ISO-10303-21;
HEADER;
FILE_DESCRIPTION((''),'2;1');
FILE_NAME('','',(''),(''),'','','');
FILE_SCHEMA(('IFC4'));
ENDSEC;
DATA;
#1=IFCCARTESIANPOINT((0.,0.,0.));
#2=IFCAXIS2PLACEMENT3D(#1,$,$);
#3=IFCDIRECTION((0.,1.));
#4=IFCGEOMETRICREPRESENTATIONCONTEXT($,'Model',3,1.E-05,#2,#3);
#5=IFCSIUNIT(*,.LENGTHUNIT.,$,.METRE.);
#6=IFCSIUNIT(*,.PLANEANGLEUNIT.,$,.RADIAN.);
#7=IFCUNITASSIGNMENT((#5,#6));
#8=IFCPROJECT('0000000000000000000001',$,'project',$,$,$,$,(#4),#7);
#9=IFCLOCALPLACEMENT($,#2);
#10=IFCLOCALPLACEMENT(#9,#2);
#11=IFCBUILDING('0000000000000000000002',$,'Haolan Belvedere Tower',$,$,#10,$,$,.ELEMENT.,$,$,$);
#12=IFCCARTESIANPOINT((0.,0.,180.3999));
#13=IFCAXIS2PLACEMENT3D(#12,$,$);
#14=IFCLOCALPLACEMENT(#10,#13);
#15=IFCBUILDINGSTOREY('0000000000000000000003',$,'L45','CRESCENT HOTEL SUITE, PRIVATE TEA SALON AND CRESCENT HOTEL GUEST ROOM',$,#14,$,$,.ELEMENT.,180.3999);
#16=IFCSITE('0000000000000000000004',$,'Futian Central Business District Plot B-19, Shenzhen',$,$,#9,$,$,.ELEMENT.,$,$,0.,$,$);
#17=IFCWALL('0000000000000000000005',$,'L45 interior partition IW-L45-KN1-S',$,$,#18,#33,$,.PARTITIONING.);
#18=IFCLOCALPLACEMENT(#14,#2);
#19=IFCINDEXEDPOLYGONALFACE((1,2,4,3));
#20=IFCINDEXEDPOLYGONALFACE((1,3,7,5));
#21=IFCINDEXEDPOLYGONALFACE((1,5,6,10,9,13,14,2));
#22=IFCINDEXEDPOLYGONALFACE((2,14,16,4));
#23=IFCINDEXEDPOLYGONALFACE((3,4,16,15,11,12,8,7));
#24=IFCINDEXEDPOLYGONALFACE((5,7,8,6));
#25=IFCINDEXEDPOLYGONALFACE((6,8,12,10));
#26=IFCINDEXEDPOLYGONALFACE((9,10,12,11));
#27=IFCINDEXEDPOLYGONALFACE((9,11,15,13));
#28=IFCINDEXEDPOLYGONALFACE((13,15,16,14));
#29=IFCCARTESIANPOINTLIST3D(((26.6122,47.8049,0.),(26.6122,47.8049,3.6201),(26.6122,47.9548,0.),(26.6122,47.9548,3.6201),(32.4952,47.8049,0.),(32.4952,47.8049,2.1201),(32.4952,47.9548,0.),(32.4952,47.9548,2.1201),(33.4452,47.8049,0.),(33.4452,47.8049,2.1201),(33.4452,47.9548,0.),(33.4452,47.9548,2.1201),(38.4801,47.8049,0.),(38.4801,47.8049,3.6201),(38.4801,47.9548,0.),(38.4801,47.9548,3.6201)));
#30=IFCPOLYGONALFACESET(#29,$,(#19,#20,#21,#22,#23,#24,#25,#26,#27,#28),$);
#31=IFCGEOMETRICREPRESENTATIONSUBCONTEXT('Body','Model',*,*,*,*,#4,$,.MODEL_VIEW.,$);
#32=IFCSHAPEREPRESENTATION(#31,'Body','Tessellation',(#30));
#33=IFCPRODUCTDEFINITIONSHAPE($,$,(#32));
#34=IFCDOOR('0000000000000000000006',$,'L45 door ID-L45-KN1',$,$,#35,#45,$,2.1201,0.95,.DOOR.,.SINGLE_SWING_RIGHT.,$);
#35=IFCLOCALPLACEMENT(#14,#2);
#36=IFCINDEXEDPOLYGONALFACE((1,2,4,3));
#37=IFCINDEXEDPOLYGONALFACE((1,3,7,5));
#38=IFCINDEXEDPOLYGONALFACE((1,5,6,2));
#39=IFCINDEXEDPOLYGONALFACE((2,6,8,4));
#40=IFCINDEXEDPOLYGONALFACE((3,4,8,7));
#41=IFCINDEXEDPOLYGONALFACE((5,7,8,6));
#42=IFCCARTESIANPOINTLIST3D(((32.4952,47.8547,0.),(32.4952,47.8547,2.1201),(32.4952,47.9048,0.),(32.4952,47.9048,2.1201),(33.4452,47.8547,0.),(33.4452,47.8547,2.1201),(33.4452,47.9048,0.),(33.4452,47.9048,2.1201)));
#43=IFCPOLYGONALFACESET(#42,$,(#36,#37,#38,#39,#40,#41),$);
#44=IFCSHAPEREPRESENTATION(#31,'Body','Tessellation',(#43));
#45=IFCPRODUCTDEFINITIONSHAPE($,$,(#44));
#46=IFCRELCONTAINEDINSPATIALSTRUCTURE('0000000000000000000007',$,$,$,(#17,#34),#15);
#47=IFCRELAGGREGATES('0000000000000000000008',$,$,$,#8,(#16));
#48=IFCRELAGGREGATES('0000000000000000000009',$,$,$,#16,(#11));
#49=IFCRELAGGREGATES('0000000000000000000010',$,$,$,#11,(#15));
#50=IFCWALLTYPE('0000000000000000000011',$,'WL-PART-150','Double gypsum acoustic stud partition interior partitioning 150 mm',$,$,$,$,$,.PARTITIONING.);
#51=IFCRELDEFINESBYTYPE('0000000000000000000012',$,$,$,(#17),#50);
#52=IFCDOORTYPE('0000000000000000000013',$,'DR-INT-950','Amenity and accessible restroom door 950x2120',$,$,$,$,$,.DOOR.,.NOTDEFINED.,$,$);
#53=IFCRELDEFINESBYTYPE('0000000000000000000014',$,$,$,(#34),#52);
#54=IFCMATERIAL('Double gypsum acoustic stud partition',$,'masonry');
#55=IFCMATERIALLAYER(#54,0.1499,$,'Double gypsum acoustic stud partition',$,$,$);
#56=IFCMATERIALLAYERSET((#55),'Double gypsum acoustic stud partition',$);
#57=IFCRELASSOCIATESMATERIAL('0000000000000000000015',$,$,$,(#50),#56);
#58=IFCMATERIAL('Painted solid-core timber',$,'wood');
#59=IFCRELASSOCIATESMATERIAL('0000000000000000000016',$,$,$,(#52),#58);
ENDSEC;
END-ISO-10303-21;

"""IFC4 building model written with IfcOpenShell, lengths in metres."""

from ifc_helpers import new_model, si_unit, direction, frame, frame_2d, origin, place, context, subcontext, project, spatial, rectangle, extrude, material, layer, layer_set, type_object, element, fill, save


model = new_model("IFC4")

# Units and contexts
model_context = context("Model", 3, precision=1e-05, world=origin(), true_north=direction((0.0, 1.0)))
body_context = subcontext(model_context, "Body", "Model", "MODEL_VIEW")
ifc_project = project(units=[si_unit("LENGTHUNIT", "METRE"), si_unit("PLANEANGLEUNIT", "RADIAN")], contexts=[model_context])

# Site, building, storey
site_placement = place(None, origin())
site = spatial("IfcSite", under=ifc_project, at=site_placement, Name="Futian Central Business District Plot B-19, Shenzhen", CompositionType="ELEMENT", RefElevation=0.0)
building_placement = place(site_placement, origin())
building = spatial("IfcBuilding", under=site, at=building_placement, Name="Haolan Belvedere Tower", CompositionType="ELEMENT")
storey_placement = place(building_placement, frame((0.0, 0.0, 180.3999)))
storey = spatial("IfcBuildingStorey", under=building, at=storey_placement, Name="L45", Description="CRESCENT HOTEL SUITE, PRIVATE TEA SALON AND CRESCENT HOTEL GUEST ROOM", CompositionType="ELEMENT", Elevation=180.3999)

# Shared definitions
ifc_material_1 = material(Name="Double gypsum acoustic stud partition", Category="masonry")
ifc_layer_1 = layer(ifc_material_1, 0.1499, Name="Double gypsum acoustic stud partition")
ifc_layer_set_1 = layer_set([ifc_layer_1], Name="Double gypsum acoustic stud partition")
wall_type_1 = type_object("IfcWallType", Name="WL-PART-150", Description="Double gypsum acoustic stud partition interior partitioning 150 mm", PredefinedType="PARTITIONING", material=ifc_layer_set_1)

# Wall, opening, door
wall_1_placement = place(storey_placement, frame((26.6121, 47.8799, 0.0), z_axis=(0.0, 0.0, 1.0), x_axis=(1.0, 0.0, 0.0)))
wall_1 = element("IfcWall", 1, at=wall_1_placement, inside=storey, type_object=wall_type_1, Name="L45 interior partition IW-L45-KN1-S", PredefinedType="PARTITIONING", context=body_context, shape_type="SweptSolid", body=[
    extrude(rectangle(XDim=11.8679, YDim=0.1499, at=frame_2d((5.9341, 0.0))), origin(), (0.0, 0.0, 1.0), 3.6201),
])
opening_1_placement = place(wall_1_placement, frame((5.8831, 0.0, 0.0)))
opening_1 = element("IfcOpeningElement", 2, at=opening_1_placement, cuts=wall_1, PredefinedType="OPENING", context=body_context, shape_type="SweptSolid", body=[
    extrude(rectangle(XDim=0.95, YDim=2.1201, at=frame_2d((0.4751, 1.0601))), frame((0.0, 0.085, 0.0), z_axis=(0.0, -1.0, 0.0), x_axis=(1.0, 0.0, 0.0)), (0.0, 0.0, 1.0), 0.1699),
])
ifc_material_2 = material(Name="Painted solid-core timber", Category="wood")
door_type = type_object("IfcDoorType", Name="DR-INT-950", Description="Amenity and accessible restroom door 950x2120", OperationType="NOTDEFINED", PredefinedType="DOOR", material=ifc_material_2)
door_placement = place(opening_1_placement, origin())
door = element("IfcDoor", 3, at=door_placement, inside=storey, type_object=door_type, Name="L45 door ID-L45-KN1", OperationType="SINGLE_SWING_RIGHT", OverallHeight=2.1201, OverallWidth=0.95, PredefinedType="DOOR", context=body_context, shape_type="SweptSolid", body=[
    extrude(rectangle(XDim=0.95, YDim=2.1201, at=frame_2d((0.4751, 1.0601))), frame((0.0, 0.0249, 0.0), z_axis=(0.0, -1.0, 0.0), x_axis=(1.0, 0.0, 0.0)), (0.0, 0.0, 1.0), 0.05),
])
fill(opening_1, door)

save(model, "model.ifc")
